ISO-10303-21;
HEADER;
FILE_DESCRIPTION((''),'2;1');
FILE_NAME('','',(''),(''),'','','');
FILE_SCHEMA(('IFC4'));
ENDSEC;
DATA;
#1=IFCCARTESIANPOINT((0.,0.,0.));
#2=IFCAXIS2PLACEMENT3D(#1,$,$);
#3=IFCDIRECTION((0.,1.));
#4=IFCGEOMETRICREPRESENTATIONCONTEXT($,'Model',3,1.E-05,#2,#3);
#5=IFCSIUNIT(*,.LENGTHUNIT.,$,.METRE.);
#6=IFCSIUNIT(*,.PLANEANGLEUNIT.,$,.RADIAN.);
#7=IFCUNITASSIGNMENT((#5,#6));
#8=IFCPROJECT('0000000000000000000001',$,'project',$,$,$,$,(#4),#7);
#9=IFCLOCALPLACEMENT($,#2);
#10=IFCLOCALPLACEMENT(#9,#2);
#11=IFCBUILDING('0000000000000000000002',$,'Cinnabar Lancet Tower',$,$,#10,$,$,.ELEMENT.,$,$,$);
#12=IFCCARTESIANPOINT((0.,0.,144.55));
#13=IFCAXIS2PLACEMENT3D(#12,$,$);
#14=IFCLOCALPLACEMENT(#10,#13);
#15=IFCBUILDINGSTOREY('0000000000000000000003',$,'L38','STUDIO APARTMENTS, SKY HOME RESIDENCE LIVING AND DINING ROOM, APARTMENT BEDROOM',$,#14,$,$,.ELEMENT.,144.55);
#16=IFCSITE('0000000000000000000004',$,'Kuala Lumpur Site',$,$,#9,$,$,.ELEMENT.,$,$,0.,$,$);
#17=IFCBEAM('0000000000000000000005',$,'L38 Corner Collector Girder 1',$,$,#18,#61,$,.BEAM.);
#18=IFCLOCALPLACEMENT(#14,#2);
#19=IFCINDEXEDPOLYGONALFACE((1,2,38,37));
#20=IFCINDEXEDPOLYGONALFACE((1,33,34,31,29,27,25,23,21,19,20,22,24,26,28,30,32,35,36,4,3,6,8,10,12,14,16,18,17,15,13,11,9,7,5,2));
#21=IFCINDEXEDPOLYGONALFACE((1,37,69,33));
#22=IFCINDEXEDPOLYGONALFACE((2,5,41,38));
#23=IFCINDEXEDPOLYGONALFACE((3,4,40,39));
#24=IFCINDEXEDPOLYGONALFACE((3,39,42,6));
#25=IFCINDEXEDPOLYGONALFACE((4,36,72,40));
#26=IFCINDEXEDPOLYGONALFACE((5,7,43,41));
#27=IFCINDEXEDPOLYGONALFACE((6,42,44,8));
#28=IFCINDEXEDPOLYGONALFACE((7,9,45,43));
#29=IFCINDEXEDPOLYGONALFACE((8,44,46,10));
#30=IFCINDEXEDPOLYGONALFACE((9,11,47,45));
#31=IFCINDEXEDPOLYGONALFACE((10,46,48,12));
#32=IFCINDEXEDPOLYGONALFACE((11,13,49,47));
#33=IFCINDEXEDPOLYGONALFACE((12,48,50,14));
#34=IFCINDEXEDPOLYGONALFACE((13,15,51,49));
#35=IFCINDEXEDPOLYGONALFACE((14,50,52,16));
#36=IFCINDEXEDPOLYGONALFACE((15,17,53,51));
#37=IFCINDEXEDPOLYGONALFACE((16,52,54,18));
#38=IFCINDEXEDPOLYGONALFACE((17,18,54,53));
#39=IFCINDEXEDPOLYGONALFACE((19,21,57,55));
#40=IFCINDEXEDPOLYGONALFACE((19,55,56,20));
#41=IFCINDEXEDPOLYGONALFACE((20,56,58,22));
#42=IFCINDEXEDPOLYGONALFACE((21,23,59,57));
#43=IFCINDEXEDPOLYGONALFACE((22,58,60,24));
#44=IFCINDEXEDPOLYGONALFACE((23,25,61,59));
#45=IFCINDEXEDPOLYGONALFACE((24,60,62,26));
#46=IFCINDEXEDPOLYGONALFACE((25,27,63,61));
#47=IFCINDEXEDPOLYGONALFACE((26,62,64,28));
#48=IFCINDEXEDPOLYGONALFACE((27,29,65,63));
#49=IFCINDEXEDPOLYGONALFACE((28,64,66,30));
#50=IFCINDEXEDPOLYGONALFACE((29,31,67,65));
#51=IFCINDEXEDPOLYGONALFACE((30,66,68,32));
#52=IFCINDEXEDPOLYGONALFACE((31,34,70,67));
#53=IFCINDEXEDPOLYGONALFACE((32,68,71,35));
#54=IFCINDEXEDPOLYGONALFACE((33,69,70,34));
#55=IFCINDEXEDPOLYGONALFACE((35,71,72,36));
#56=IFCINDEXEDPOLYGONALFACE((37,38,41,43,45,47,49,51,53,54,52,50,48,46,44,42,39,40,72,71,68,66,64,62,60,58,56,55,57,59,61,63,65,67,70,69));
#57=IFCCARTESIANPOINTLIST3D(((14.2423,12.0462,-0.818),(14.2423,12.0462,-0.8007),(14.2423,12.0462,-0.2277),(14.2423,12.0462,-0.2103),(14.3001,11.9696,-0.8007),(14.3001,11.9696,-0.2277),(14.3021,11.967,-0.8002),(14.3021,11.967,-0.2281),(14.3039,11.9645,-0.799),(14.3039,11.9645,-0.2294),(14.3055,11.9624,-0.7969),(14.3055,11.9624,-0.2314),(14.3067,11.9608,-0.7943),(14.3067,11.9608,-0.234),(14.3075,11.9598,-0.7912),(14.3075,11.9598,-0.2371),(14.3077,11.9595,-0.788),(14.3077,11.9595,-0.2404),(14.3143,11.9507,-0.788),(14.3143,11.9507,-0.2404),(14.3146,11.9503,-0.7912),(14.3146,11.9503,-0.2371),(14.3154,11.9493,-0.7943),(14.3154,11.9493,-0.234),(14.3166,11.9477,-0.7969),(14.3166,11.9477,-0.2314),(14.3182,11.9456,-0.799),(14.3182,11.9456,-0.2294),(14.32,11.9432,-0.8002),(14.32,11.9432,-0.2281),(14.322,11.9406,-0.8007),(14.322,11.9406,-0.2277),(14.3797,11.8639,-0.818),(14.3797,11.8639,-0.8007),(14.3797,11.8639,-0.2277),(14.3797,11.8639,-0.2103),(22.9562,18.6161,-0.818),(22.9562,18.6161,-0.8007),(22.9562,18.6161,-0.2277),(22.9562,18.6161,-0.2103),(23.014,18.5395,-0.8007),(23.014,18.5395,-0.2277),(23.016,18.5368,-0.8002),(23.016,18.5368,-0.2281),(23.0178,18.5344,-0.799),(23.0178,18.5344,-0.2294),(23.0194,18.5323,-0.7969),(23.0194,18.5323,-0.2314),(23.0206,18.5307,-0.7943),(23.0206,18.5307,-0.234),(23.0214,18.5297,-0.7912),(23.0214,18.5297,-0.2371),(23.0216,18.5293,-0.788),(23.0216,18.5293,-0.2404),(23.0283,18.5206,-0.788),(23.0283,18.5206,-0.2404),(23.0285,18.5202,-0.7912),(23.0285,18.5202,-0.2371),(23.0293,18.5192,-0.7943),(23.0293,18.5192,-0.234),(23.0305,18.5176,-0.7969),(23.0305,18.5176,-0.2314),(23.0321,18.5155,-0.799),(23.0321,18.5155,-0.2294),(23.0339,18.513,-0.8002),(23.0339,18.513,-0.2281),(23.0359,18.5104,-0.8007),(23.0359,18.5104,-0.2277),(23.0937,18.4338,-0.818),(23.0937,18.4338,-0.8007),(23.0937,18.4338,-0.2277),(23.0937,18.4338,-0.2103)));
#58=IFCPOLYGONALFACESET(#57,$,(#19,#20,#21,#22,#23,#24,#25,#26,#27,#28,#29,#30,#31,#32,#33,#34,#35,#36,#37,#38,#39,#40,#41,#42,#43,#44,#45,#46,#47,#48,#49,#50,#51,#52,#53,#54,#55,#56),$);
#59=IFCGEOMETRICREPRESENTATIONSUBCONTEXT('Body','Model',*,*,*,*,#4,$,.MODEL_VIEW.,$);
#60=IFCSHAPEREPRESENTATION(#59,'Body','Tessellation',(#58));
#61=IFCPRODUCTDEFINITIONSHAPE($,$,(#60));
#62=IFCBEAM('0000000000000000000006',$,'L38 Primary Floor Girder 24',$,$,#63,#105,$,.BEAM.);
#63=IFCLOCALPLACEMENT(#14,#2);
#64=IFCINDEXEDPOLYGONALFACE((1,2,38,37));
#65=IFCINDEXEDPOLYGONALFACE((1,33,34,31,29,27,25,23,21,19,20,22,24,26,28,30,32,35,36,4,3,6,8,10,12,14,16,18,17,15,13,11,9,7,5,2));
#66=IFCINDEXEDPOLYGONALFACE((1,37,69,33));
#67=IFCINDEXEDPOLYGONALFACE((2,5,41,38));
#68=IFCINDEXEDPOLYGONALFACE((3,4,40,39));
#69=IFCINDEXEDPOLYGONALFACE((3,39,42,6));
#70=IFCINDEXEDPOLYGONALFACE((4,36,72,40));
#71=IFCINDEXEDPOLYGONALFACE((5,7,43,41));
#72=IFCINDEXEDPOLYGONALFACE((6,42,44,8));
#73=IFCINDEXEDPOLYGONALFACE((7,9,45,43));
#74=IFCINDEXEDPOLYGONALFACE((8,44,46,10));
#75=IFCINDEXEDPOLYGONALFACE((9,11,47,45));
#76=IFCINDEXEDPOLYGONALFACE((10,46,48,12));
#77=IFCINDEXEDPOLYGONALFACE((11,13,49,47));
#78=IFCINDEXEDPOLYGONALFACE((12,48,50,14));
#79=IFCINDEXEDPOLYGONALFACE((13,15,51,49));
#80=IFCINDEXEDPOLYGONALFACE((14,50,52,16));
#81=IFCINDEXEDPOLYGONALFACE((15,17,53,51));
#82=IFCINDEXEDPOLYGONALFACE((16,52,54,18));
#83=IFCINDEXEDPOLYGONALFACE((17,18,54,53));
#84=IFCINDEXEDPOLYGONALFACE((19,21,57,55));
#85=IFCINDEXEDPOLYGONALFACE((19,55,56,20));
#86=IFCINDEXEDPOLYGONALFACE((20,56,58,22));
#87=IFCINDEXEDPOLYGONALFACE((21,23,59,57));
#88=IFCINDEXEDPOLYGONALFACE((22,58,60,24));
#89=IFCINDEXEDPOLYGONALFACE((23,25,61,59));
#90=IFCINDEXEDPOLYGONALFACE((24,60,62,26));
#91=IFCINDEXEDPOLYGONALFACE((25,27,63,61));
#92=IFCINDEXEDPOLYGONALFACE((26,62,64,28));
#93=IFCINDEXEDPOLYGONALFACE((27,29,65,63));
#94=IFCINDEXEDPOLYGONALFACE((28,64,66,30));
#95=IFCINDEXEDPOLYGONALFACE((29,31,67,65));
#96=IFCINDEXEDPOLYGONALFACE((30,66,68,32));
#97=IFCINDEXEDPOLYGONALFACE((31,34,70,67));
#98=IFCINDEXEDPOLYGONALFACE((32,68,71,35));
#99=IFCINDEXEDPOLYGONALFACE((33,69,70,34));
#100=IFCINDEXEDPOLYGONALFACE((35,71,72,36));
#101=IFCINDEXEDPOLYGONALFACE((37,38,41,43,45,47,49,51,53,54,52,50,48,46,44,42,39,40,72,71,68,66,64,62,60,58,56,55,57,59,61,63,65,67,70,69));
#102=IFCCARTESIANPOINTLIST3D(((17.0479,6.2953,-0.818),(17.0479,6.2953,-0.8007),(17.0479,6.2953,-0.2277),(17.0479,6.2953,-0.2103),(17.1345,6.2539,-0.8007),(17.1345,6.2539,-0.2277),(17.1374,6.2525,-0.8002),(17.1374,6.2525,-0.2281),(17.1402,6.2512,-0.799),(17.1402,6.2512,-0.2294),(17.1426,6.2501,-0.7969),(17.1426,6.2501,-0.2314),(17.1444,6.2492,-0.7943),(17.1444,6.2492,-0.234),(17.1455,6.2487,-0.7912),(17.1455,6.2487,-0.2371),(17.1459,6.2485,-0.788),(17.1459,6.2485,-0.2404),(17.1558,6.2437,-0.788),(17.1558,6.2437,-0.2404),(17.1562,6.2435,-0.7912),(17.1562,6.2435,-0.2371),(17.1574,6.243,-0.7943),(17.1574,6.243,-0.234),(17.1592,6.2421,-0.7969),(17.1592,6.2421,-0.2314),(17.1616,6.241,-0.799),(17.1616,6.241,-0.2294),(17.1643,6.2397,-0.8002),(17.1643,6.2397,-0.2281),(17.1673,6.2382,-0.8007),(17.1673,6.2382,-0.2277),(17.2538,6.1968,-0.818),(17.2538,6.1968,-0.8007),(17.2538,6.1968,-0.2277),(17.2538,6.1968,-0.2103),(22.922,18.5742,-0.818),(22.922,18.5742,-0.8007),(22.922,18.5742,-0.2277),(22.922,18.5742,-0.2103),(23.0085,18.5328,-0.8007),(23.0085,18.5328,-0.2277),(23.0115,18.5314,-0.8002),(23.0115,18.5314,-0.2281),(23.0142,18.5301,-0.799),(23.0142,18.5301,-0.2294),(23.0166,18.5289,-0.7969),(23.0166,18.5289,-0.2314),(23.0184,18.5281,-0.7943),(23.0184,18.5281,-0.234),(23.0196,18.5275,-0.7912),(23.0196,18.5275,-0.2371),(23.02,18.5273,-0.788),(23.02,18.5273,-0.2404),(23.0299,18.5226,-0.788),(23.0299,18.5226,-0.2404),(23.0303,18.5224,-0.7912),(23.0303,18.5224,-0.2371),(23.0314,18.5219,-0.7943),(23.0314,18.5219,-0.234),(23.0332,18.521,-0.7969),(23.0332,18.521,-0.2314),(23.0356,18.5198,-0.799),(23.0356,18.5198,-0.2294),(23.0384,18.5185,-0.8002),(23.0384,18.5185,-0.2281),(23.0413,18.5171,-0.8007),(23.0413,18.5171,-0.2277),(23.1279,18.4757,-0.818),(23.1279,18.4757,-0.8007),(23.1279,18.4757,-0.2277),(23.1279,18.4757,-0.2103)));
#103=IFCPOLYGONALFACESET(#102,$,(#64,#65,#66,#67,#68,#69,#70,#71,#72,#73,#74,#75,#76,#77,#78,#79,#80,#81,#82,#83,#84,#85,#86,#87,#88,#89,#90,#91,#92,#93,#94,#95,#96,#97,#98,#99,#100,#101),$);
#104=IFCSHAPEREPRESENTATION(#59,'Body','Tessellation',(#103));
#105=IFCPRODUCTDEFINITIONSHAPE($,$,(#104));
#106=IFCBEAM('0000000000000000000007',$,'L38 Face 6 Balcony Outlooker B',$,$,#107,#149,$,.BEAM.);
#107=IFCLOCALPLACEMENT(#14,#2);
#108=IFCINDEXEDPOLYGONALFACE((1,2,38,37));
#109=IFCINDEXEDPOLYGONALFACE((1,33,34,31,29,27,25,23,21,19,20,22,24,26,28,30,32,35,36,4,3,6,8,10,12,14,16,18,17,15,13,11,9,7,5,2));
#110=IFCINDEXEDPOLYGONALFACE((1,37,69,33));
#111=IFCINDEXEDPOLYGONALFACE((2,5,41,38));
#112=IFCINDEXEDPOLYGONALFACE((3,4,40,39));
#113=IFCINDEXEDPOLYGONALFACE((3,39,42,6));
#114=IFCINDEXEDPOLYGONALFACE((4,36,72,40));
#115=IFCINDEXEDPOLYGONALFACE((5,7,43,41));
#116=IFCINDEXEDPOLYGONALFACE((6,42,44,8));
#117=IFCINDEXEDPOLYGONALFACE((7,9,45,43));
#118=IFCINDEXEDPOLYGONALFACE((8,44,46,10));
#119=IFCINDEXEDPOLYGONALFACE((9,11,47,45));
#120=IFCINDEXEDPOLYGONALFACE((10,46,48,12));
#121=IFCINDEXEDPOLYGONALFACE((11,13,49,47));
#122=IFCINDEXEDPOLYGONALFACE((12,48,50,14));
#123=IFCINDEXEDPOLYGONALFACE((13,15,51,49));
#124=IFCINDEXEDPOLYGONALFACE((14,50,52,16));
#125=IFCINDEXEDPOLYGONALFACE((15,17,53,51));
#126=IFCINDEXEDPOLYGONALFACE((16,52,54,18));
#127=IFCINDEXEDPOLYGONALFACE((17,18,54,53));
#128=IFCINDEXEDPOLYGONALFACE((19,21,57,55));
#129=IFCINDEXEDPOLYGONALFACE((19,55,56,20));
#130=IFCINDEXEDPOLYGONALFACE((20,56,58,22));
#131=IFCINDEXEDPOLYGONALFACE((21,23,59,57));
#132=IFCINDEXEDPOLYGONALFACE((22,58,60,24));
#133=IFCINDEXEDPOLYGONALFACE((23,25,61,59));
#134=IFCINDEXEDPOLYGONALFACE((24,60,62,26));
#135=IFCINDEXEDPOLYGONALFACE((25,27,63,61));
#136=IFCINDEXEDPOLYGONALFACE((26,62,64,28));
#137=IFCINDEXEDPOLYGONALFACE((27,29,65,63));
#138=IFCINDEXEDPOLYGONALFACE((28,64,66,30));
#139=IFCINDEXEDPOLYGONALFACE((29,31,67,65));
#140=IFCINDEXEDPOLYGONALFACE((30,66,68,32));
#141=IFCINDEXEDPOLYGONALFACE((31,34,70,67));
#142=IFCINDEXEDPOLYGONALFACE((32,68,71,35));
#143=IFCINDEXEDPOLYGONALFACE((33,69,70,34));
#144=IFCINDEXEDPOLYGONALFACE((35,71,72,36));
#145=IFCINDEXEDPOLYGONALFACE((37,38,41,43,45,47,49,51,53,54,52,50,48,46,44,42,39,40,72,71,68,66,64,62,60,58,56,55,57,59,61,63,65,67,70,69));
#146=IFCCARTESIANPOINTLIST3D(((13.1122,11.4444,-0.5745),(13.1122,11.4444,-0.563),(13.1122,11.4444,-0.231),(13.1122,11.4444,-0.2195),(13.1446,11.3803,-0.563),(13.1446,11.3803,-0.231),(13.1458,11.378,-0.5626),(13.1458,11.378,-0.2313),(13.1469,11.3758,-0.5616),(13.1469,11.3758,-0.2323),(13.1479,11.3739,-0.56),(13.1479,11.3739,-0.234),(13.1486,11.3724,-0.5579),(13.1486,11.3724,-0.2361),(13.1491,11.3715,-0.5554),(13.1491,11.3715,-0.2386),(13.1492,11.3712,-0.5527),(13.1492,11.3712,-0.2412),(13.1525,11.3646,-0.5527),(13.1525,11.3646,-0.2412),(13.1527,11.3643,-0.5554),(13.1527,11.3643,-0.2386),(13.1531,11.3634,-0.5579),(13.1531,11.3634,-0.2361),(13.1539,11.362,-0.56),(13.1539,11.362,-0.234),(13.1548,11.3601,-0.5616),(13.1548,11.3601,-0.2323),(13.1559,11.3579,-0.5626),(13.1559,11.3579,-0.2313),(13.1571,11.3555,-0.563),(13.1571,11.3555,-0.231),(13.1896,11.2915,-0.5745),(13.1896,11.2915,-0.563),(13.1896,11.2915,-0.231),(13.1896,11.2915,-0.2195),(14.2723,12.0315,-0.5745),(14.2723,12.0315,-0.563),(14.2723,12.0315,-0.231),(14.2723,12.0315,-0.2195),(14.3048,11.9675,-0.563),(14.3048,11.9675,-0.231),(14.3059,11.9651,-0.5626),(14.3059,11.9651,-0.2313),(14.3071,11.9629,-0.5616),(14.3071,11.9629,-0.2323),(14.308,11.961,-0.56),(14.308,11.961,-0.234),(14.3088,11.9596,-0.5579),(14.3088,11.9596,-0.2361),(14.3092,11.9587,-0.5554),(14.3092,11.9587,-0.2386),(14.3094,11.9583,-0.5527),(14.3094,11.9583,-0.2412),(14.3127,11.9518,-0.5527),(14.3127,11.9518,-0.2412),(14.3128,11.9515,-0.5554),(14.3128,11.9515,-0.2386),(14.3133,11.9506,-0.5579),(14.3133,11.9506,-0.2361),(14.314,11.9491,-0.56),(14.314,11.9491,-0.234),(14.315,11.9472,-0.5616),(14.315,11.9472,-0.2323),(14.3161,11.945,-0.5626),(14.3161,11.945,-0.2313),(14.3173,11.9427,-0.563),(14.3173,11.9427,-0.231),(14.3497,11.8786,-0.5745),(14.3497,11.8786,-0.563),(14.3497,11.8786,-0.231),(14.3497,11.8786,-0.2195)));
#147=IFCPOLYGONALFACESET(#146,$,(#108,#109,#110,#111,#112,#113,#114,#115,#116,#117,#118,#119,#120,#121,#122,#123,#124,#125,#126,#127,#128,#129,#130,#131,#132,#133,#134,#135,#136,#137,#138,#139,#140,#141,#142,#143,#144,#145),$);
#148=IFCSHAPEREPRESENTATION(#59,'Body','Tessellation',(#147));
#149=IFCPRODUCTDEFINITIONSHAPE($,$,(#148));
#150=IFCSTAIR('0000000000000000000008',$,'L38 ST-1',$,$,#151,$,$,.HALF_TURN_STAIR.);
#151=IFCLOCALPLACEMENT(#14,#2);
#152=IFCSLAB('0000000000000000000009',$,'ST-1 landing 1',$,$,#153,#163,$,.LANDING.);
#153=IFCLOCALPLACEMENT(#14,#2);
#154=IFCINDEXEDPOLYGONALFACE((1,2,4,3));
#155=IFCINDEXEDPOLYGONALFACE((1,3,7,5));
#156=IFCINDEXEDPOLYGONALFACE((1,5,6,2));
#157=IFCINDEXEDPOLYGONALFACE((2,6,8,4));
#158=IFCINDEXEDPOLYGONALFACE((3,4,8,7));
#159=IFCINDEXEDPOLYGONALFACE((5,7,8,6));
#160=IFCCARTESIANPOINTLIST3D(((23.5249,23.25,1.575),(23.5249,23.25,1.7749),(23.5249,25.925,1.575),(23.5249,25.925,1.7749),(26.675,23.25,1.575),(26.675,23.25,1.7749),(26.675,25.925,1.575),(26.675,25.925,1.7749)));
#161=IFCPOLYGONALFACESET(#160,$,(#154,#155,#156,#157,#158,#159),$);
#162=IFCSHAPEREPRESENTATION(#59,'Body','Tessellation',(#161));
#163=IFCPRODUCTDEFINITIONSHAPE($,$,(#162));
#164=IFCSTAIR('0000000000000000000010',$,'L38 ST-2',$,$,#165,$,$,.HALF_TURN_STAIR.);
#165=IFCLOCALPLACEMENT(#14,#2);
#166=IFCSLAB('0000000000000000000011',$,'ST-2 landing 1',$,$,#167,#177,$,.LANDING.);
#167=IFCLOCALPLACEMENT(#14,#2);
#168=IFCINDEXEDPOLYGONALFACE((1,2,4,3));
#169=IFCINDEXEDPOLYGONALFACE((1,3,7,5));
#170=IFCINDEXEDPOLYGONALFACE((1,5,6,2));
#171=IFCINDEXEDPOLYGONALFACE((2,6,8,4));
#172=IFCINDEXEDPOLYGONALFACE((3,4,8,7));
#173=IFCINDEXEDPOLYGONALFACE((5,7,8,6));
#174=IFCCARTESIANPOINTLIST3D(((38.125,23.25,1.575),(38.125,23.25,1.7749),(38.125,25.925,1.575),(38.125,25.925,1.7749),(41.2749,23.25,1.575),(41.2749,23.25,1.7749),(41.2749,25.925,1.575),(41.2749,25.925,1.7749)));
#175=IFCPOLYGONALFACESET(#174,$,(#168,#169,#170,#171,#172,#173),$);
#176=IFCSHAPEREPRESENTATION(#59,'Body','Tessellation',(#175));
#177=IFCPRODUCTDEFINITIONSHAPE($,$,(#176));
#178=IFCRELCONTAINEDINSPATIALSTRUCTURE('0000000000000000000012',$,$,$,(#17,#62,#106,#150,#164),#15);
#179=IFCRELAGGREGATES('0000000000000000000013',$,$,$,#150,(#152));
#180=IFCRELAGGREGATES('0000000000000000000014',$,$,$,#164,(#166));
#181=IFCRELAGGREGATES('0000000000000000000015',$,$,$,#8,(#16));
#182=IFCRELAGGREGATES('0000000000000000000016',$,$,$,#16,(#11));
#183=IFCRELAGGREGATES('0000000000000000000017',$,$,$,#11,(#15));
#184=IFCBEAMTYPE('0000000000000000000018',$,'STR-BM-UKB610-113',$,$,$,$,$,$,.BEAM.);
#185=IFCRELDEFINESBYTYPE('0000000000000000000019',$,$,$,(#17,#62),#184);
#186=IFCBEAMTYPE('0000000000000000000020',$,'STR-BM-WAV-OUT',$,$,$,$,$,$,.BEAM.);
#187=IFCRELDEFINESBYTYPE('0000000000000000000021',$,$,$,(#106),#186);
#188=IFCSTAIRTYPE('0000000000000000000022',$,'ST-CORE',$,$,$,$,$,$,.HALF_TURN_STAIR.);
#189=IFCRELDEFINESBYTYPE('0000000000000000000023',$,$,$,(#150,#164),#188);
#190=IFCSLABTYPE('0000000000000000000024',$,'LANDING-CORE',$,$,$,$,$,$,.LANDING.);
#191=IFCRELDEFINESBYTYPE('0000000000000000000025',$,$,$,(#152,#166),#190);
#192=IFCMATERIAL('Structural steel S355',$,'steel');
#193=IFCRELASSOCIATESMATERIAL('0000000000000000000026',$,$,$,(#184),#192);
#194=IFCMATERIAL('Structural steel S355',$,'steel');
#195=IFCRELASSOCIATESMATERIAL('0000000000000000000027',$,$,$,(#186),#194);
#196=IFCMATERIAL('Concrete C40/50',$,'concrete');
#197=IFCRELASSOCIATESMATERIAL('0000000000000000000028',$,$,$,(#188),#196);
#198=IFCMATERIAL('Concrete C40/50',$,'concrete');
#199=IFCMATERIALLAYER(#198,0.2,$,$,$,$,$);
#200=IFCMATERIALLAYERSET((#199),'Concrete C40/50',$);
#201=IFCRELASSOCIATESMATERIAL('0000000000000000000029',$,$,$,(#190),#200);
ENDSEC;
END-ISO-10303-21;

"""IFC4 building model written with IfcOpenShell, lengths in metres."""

from ifc_helpers import new_model, si_unit, direction, frame, origin, origin_2d, place, context, subcontext, project, spatial, polyline, i_section, outline, extrude, material, layer, layer_set, material_profile, profile_set, type_object, element, aggregate, save


model = new_model("IFC4")

# Units and contexts
model_context = context("Model", 3, precision=1e-05, world=origin(), true_north=direction((0.0, 1.0)))
body_context = subcontext(model_context, "Body", "Model", "MODEL_VIEW")
ifc_project = project(units=[si_unit("LENGTHUNIT", "METRE"), si_unit("PLANEANGLEUNIT", "RADIAN")], contexts=[model_context])

# Site, building, storey
site_placement = place(None, origin())
site = spatial("IfcSite", under=ifc_project, at=site_placement, Name="Kuala Lumpur Site", CompositionType="ELEMENT", RefElevation=0.0)
building_placement = place(site_placement, origin())
building = spatial("IfcBuilding", under=site, at=building_placement, Name="Cinnabar Lancet Tower", CompositionType="ELEMENT")
storey_placement = place(building_placement, frame((0.0, 0.0, 144.55)))
storey = spatial("IfcBuildingStorey", under=building, at=storey_placement, Name="L38", Description="STUDIO APARTMENTS, SKY HOME RESIDENCE LIVING AND DINING ROOM, APARTMENT BEDROOM", CompositionType="ELEMENT", Elevation=144.55)

# Beams
ifc_material_1 = material(Name="Structural steel S355", Category="steel")
ifc_material_profile_1 = material_profile(ifc_material_1, i_section(OverallWidth=0.2283, OverallDepth=0.6077, WebThickness=0.011, FlangeThickness=0.0173, FilletRadius=0.0127, at=origin_2d()), Name="UKB 610x229x113")
ifc_profile_set_1 = profile_set([ifc_material_profile_1], Name="Structural steel S355")
beam_type_1 = type_object("IfcBeamType", Name="STR-BM-UKB610-113", PredefinedType="BEAM", material=ifc_profile_set_1)
beam_1_placement = place(storey_placement, frame((14.311, 11.9551, -0.5142), z_axis=(0.798483, 0.602017, 0.0), x_axis=(-0.602017, 0.798483, 0.0)))
element("IfcBeam", 1, at=beam_1_placement, inside=storey, type_object=beam_type_1, Name="L38 Corner Collector Girder 1", PredefinedType="BEAM", context=body_context, shape_type="SweptSolid", body=[
    extrude(i_section(OverallWidth=0.2283, OverallDepth=0.6077, WebThickness=0.011, FlangeThickness=0.0173, FilletRadius=0.0127, at=origin_2d()), origin(), (0.0, 0.0, 1.0), 10.9131),
])
beam_2_placement = place(storey_placement, frame((17.1509, 6.2461, -0.5142), z_axis=(0.431548, 0.90209, 0.0), x_axis=(-0.90209, 0.431548, 0.0)))
element("IfcBeam", 2, at=beam_2_placement, inside=storey, type_object=beam_type_1, Name="L38 Primary Floor Girder 24", PredefinedType="BEAM", context=body_context, shape_type="SweptSolid", body=[
    extrude(i_section(OverallWidth=0.2283, OverallDepth=0.6077, WebThickness=0.011, FlangeThickness=0.0173, FilletRadius=0.0127, at=origin_2d()), origin(), (0.0, 0.0, 1.0), 13.6116),
])
ifc_material_2 = material(Name="Structural steel S355", Category="steel")
ifc_material_profile_2 = material_profile(ifc_material_2, i_section(OverallWidth=0.1714, OverallDepth=0.355, WebThickness=0.0073, FlangeThickness=0.0115, FilletRadius=0.0103, at=origin_2d()), Name="UKB 356x171x51")
ifc_profile_set_2 = profile_set([ifc_material_profile_2], Name="Structural steel S355")
beam_type_2 = type_object("IfcBeamType", Name="STR-BM-WAV-OUT", PredefinedType="BEAM", material=ifc_profile_set_2)
beam_3_placement = place(storey_placement, frame((14.311, 11.9551, -0.397), z_axis=(-0.892239, -0.451564, 0.0), x_axis=(0.451564, -0.892239, 0.0)))
element("IfcBeam", 3, at=beam_3_placement, inside=storey, type_object=beam_type_2, Name="L38 Face 6 Balcony Outlooker B", PredefinedType="BEAM", context=body_context, shape_type="SweptSolid", body=[
    extrude(i_section(OverallWidth=0.1714, OverallDepth=0.355, WebThickness=0.0073, FlangeThickness=0.0115, FilletRadius=0.0103, at=origin_2d()), origin(), (0.0, 0.0, 1.0), 1.3003),
])

# Stairs, slabs
ifc_material_3 = material(Name="Concrete C40/50", Category="concrete")
stair_type = type_object("IfcStairType", Name="ST-CORE", PredefinedType="HALF_TURN_STAIR", material=ifc_material_3)
stair_1_placement = place(storey_placement, origin())
stair_1 = element("IfcStair", 4, at=stair_1_placement, inside=storey, type_object=stair_type, Name="L38 ST-1", PredefinedType="HALF_TURN_STAIR")
ifc_material_4 = material(Name="Concrete C40/50", Category="concrete")
ifc_layer_1 = layer(ifc_material_4, 0.2)
ifc_layer_set_1 = layer_set([ifc_layer_1], Name="Concrete C40/50")
slab_type_1 = type_object("IfcSlabType", Name="LANDING-CORE", PredefinedType="LANDING", material=ifc_layer_set_1)
slab_1_placement = place(storey_placement, frame((0.0, 0.0, 1.575)))
slab_1 = element("IfcSlab", 5, at=slab_1_placement, type_object=slab_type_1, Name="ST-1 landing 1", PredefinedType="LANDING", context=body_context, shape_type="SweptSolid", body=[
    extrude(outline(polyline([(23.5249, 25.925), (23.5249, 23.25), (26.675, 23.25), (26.675, 25.925), (23.5249, 25.925)])), origin(), (0.0, 0.0, 1.0), 0.2),
])
aggregate(stair_1, [slab_1])
stair_2_placement = place(storey_placement, origin())
stair_2 = element("IfcStair", 6, at=stair_2_placement, inside=storey, type_object=stair_type, Name="L38 ST-2", PredefinedType="HALF_TURN_STAIR")
slab_2_placement = place(storey_placement, frame((0.0, 0.0, 1.575)))
slab_2 = element("IfcSlab", 7, at=slab_2_placement, type_object=slab_type_1, Name="ST-2 landing 1", PredefinedType="LANDING", context=body_context, shape_type="SweptSolid", body=[
    extrude(outline(polyline([(38.125, 25.925), (38.125, 23.25), (41.2749, 23.25), (41.2749, 25.925), (38.125, 25.925)])), origin(), (0.0, 0.0, 1.0), 0.2),
])
aggregate(stair_2, [slab_2])

save(model, "model.ifc")
